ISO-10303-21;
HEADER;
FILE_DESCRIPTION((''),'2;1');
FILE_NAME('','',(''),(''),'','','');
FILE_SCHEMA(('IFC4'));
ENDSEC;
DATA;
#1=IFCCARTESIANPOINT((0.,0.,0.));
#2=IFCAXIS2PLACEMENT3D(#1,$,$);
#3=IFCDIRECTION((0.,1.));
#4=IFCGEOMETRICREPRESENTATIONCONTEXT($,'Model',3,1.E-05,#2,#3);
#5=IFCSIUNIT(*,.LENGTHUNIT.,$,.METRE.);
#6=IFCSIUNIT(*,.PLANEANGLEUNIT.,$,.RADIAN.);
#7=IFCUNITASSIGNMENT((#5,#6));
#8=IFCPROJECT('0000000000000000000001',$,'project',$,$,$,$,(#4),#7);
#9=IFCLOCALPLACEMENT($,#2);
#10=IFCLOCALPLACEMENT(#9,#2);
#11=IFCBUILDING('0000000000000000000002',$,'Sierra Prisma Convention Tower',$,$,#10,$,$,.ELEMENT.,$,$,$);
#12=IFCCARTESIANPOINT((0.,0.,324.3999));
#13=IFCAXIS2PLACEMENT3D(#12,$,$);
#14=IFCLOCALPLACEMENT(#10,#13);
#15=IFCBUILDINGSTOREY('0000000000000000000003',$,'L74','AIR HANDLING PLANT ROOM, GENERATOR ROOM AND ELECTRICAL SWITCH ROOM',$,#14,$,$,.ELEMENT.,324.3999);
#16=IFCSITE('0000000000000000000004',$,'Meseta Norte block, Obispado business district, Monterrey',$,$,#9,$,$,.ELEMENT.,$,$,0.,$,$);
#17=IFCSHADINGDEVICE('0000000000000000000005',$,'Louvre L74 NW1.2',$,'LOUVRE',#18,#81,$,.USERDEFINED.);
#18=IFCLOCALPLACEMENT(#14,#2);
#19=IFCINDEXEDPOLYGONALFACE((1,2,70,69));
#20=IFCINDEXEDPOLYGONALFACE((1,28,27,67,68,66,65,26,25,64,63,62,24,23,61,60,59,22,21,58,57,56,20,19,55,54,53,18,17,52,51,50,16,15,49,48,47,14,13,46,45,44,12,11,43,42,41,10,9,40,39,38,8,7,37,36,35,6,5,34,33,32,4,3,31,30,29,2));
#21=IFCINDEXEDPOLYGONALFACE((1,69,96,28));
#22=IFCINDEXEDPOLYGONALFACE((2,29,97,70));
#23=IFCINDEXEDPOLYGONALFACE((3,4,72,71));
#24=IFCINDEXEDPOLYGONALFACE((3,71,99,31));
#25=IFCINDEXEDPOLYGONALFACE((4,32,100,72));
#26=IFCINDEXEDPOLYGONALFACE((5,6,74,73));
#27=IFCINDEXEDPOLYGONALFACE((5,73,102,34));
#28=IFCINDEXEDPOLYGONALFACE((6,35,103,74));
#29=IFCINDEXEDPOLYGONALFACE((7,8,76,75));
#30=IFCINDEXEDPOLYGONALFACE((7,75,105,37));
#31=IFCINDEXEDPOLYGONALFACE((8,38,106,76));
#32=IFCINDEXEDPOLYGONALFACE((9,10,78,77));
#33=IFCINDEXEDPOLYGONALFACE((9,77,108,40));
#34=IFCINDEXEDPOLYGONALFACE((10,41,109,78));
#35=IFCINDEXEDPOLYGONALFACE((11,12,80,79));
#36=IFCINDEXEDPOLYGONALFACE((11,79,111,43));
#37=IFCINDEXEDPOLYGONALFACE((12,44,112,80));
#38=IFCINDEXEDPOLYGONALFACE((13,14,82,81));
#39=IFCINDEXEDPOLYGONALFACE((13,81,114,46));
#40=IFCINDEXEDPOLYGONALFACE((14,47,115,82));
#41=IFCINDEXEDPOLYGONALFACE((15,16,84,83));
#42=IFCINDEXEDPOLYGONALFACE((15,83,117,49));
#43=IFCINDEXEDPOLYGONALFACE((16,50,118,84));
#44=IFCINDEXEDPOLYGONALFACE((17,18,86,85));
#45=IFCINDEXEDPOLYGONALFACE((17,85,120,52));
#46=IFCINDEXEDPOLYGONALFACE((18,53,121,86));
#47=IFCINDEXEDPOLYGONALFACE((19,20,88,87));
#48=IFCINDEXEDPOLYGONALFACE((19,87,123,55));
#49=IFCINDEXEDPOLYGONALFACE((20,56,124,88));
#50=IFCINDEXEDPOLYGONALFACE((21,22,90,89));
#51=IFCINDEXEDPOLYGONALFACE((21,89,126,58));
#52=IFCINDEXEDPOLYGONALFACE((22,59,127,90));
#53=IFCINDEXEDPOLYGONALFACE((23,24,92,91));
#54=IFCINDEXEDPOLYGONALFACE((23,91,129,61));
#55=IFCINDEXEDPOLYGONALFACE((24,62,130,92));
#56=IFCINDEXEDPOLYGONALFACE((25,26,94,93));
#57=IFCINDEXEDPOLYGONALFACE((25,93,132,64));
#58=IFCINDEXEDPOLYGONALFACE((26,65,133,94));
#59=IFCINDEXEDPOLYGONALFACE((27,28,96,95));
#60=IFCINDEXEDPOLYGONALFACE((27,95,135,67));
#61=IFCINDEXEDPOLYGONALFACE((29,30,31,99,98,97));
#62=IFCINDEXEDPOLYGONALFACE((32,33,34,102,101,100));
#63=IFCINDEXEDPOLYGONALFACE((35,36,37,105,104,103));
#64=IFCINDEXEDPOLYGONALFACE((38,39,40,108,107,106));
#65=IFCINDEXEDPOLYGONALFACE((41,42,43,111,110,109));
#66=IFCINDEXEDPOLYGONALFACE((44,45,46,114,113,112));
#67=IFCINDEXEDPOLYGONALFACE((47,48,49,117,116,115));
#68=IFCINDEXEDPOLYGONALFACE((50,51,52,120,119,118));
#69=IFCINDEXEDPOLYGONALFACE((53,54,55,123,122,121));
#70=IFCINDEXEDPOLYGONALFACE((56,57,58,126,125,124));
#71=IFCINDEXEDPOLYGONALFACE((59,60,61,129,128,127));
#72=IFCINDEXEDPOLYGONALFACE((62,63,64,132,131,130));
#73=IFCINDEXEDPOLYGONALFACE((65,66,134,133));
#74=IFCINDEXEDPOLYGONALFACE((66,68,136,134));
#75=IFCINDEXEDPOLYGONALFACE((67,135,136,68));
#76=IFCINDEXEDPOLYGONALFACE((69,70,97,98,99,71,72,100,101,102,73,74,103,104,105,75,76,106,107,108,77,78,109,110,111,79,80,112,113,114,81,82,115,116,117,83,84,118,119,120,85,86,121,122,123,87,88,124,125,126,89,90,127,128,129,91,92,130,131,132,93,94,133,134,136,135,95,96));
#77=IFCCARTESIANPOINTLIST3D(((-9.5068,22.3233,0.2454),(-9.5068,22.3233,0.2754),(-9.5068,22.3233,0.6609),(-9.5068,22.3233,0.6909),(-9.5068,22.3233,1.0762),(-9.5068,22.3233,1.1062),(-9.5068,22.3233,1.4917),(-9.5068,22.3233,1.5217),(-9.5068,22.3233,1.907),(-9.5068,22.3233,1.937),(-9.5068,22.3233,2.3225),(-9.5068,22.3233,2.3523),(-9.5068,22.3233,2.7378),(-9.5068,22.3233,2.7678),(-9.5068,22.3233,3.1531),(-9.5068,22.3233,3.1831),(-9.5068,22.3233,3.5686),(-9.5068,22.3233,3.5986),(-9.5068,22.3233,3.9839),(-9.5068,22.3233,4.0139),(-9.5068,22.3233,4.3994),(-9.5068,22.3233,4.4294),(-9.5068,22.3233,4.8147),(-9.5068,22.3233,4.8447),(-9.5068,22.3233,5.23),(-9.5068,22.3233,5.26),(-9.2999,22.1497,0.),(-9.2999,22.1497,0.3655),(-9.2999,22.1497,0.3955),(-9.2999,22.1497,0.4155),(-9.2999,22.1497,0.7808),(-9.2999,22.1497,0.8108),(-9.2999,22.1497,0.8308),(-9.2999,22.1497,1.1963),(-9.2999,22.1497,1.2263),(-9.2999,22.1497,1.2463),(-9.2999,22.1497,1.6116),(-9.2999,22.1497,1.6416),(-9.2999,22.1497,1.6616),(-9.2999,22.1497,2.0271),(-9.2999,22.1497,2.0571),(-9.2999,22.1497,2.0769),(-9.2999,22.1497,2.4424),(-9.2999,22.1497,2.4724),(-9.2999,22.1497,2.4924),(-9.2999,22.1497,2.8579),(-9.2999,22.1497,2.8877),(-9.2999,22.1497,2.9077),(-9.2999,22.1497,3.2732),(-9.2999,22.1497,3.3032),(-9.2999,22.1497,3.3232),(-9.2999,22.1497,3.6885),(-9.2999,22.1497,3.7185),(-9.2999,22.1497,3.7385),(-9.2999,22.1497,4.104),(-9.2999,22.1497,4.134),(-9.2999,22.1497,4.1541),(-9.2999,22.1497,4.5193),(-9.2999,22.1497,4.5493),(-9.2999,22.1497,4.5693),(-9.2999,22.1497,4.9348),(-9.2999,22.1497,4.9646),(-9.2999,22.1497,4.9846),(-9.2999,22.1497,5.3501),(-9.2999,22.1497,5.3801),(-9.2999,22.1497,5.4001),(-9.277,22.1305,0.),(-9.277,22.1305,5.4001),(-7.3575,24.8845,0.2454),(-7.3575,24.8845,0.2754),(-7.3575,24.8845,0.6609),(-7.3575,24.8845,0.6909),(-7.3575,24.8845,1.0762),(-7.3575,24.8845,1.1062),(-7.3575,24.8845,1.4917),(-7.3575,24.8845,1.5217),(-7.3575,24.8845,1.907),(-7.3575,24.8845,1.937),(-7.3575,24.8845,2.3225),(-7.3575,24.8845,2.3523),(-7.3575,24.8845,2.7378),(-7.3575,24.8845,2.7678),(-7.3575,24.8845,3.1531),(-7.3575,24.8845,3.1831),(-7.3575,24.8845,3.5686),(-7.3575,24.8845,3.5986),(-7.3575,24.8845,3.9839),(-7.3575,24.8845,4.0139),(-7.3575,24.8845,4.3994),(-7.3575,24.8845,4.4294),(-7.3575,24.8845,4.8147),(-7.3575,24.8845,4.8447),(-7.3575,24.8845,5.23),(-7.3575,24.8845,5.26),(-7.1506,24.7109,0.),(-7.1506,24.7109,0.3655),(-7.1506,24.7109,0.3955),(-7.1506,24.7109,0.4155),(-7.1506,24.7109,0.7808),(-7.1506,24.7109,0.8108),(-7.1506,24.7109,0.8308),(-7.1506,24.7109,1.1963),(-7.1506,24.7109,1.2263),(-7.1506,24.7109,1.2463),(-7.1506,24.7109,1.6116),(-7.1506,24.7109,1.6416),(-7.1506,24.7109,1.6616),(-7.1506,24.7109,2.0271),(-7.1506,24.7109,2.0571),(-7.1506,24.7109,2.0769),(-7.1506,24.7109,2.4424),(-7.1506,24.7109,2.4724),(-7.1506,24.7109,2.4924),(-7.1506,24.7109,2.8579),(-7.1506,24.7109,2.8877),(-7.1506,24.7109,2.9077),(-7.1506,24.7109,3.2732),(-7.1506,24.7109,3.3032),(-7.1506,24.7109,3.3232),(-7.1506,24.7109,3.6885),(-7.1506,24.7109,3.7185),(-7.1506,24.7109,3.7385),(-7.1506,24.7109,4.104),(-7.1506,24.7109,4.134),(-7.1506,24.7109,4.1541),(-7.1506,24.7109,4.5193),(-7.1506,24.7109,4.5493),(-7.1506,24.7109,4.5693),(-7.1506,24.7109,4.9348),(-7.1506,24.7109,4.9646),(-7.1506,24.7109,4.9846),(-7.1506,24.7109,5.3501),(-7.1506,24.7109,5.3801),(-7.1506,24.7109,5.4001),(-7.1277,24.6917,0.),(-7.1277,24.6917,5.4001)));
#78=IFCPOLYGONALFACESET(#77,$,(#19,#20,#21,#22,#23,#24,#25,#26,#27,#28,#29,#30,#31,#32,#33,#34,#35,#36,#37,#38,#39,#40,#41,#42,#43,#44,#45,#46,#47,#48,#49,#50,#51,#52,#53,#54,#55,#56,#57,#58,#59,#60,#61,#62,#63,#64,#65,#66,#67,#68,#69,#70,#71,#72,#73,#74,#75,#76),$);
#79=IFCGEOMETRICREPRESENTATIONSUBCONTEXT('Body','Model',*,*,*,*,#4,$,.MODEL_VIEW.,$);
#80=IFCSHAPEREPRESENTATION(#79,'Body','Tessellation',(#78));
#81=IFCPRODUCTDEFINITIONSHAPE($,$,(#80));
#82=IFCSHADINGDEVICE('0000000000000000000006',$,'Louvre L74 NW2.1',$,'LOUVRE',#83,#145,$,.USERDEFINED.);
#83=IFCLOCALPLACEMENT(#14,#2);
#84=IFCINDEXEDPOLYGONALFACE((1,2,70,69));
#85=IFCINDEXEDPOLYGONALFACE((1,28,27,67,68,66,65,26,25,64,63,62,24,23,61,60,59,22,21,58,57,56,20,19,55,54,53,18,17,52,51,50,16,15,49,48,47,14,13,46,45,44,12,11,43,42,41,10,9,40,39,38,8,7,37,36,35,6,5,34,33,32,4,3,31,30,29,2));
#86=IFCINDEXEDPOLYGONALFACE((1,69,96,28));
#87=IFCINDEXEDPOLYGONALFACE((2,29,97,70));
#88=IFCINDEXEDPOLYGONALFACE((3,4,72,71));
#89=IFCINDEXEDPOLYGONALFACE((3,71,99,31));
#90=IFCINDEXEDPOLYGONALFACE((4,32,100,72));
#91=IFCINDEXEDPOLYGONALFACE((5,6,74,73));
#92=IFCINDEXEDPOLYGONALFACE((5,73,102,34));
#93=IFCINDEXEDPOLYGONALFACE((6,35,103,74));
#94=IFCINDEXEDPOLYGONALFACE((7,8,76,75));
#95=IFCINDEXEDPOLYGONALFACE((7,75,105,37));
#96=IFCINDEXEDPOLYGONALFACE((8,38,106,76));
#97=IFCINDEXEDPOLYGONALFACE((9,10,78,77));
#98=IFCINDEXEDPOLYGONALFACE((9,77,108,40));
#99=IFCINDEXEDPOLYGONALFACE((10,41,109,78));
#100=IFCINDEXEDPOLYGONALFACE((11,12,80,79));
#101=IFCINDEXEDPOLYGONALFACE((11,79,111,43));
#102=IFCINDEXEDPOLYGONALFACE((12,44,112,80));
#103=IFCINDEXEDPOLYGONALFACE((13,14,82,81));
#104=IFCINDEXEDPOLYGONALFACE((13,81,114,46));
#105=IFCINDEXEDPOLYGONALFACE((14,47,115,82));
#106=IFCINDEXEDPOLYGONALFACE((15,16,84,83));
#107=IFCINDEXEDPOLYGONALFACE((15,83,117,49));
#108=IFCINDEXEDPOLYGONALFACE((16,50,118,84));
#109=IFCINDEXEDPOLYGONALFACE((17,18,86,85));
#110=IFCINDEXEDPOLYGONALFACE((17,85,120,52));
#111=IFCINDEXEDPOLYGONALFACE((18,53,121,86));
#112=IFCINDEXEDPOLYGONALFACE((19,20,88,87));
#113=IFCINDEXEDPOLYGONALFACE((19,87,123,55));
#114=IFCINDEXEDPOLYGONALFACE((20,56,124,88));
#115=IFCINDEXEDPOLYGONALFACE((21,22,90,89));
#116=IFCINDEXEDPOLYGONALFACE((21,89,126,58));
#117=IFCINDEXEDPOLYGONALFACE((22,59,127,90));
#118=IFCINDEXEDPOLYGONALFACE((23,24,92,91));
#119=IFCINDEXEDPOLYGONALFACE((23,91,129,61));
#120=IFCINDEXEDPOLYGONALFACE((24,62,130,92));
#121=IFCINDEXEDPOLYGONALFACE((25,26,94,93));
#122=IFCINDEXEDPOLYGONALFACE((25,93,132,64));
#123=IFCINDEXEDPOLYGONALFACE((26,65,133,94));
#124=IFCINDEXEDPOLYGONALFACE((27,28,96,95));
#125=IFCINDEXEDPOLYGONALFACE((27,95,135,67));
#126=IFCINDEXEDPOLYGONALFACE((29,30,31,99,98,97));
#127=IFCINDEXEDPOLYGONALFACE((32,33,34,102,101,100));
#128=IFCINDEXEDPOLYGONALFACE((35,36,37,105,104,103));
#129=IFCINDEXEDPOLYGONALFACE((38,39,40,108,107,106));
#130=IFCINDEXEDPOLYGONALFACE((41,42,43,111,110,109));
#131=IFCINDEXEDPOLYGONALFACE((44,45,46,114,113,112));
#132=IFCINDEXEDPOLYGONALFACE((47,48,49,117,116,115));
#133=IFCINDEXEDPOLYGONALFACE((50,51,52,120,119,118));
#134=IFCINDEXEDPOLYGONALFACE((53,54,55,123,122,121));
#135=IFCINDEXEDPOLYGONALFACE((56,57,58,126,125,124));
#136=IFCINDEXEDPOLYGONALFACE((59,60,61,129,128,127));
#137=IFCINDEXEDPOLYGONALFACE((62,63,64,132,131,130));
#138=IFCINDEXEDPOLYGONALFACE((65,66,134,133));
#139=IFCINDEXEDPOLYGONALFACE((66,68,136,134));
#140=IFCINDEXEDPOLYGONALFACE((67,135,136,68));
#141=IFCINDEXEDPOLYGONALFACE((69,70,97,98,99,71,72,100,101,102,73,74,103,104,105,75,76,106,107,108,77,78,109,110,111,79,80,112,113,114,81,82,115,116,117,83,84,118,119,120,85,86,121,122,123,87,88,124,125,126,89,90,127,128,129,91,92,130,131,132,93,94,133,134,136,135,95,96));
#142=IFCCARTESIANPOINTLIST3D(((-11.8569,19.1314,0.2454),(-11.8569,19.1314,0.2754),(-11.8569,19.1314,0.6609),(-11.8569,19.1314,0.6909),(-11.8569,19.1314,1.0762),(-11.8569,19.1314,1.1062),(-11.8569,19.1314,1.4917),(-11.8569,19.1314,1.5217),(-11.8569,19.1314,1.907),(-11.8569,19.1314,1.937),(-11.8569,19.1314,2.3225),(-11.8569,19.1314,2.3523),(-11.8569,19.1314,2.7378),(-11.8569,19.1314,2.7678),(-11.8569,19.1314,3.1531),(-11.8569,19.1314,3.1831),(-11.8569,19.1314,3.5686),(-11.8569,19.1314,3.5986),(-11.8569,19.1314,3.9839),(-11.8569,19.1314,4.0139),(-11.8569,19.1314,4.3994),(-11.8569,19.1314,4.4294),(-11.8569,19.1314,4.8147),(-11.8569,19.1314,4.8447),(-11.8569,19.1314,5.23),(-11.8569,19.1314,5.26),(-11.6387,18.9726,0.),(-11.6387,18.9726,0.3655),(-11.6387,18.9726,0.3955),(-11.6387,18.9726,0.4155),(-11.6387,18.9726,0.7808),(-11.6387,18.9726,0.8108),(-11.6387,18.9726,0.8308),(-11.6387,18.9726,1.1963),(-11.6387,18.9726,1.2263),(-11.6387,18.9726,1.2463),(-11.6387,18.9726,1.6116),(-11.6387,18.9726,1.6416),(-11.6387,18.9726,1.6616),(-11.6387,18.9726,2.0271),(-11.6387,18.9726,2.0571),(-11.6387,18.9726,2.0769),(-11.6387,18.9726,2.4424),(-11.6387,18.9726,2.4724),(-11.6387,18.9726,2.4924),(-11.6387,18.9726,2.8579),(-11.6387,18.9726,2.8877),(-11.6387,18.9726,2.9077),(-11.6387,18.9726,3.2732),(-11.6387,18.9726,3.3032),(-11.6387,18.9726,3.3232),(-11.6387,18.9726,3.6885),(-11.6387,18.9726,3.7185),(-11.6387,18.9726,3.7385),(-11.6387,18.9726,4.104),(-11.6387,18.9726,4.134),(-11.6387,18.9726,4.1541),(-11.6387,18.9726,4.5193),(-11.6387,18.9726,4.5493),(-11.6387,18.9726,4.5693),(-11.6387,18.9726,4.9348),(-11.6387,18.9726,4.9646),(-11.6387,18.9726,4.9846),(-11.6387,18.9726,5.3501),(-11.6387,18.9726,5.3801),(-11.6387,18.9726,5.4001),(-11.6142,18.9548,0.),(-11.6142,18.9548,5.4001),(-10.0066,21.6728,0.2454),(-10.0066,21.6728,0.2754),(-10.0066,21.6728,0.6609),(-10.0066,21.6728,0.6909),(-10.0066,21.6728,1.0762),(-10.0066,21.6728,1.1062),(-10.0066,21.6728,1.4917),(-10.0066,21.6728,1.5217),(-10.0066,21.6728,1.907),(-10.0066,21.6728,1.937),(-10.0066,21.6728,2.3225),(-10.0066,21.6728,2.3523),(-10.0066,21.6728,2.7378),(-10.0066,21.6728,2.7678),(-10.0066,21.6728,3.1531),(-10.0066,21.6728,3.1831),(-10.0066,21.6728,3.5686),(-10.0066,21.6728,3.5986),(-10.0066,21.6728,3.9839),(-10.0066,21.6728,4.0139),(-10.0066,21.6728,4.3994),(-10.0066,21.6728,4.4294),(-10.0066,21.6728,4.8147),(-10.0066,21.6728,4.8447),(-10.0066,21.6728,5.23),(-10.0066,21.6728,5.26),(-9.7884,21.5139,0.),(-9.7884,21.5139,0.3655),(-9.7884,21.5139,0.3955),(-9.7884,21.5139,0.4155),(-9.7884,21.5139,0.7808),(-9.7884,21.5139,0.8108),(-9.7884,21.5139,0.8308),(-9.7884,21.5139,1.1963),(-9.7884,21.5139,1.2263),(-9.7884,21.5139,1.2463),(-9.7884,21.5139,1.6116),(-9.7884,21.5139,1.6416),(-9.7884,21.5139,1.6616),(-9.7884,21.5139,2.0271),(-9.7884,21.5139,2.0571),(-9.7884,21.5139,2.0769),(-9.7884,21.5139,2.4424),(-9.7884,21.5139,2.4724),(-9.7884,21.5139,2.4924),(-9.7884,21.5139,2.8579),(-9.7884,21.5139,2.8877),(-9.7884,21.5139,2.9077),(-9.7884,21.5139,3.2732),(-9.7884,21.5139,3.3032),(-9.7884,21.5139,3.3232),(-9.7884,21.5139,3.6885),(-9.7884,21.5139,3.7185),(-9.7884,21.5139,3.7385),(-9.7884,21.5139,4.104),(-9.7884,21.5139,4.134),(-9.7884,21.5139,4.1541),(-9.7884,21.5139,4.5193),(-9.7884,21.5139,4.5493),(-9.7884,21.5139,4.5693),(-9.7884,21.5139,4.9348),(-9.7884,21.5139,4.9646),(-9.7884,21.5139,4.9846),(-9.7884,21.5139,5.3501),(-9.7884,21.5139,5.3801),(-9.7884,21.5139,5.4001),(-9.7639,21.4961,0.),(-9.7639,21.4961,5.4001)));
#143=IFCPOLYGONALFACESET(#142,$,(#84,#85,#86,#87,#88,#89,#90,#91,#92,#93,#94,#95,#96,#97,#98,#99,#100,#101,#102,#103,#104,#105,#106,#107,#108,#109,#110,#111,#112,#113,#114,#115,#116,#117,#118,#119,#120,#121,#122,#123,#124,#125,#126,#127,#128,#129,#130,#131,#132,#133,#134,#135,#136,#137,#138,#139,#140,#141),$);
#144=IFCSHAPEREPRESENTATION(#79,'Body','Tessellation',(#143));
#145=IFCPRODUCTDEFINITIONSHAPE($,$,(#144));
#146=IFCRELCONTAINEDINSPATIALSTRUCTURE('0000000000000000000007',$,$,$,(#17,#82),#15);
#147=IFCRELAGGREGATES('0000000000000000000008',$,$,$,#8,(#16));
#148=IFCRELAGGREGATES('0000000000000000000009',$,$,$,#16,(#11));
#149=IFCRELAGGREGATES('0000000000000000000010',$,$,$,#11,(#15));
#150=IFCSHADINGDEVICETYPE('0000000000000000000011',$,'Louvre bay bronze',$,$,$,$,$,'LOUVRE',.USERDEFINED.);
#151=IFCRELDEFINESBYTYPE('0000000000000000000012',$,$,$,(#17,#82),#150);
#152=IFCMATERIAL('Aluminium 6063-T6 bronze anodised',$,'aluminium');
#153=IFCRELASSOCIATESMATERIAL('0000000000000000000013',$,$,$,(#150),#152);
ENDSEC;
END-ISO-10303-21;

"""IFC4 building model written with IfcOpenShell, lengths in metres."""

from ifc_helpers import new_model, si_unit, direction, frame, origin, place, context, subcontext, project, spatial, polyline, outline, extrude, material, type_object, element, save


model = new_model("IFC4")

# Units and contexts
model_context = context("Model", 3, precision=1e-05, world=origin(), true_north=direction((0.0, 1.0)))
body_context = subcontext(model_context, "Body", "Model", "MODEL_VIEW")
ifc_project = project(units=[si_unit("LENGTHUNIT", "METRE"), si_unit("PLANEANGLEUNIT", "RADIAN")], contexts=[model_context])

# Site, building, storey
site_placement = place(None, origin())
site = spatial("IfcSite", under=ifc_project, at=site_placement, Name="Meseta Norte block, Obispado business district, Monterrey", CompositionType="ELEMENT", RefElevation=0.0)
building_placement = place(site_placement, origin())
building = spatial("IfcBuilding", under=site, at=building_placement, Name="Sierra Prisma Convention Tower", CompositionType="ELEMENT")
storey_placement = place(building_placement, frame((0.0, 0.0, 324.3999)))
storey = spatial("IfcBuildingStorey", under=building, at=storey_placement, Name="L74", Description="AIR HANDLING PLANT ROOM, GENERATOR ROOM AND ELECTRICAL SWITCH ROOM", CompositionType="ELEMENT", Elevation=324.3999)

# Shading devices
ifc_material_1 = material(Name="Aluminium 6063-T6 bronze anodised", Category="aluminium")
shading_device_type = type_object("IfcShadingDeviceType", Name="Louvre bay bronze", ElementType="LOUVRE", PredefinedType="USERDEFINED", material=ifc_material_1)
shading_device_1_placement = place(storey_placement, frame((-7.1277, 24.6917, 0.0), z_axis=(0.642823, 0.766015, 0.0), x_axis=(0.0, 0.0, 1.0)))
element("IfcShadingDevice", 1, at=shading_device_1_placement, inside=storey, type_object=shading_device_type, Name="Louvre L74 NW1.2", ObjectType="LOUVRE", PredefinedType="USERDEFINED", context=body_context, shape_type="SweptSolid", body=[
    extrude(outline(polyline([(0.0, 0.0), (5.4001, 0.0), (5.4001, -0.03), (5.3801, -0.03), (5.26, -0.3), (5.23, -0.3), (5.3501, -0.03), (4.9846, -0.03), (4.9646, -0.03), (4.8447, -0.3), (4.8147, -0.3), (4.9348, -0.03), (4.5693, -0.03), (4.5493, -0.03), (4.4294, -0.3), (4.3994, -0.3), (4.5193, -0.03), (4.1541, -0.03), (4.134, -0.03), (4.0139, -0.3), (3.9839, -0.3), (4.104, -0.03), (3.7385, -0.03), (3.7185, -0.03), (3.5986, -0.3), (3.5686, -0.3), (3.6885, -0.03), (3.3232, -0.03), (3.3032, -0.03), (3.1831, -0.3), (3.1531, -0.3), (3.2732, -0.03), (2.9077, -0.03), (2.8877, -0.03), (2.7678, -0.3), (2.7378, -0.3), (2.8579, -0.03), (2.4924, -0.03), (2.4724, -0.03), (2.3523, -0.3), (2.3225, -0.3), (2.4424, -0.03), (2.0769, -0.03), (2.0571, -0.03), (1.937, -0.3), (1.907, -0.3), (2.0271, -0.03), (1.6616, -0.03), (1.6416, -0.03), (1.5217, -0.3), (1.4917, -0.3), (1.6116, -0.03), (1.2463, -0.03), (1.2263, -0.03), (1.1062, -0.3), (1.0762, -0.3), (1.1963, -0.03), (0.8308, -0.03), (0.8108, -0.03), (0.6909, -0.3), (0.6609, -0.3), (0.7808, -0.03), (0.4155, -0.03), (0.3955, -0.03), (0.2754, -0.3), (0.2454, -0.3), (0.3655, -0.03), (0.0, -0.03), (0.0, 0.0)])), origin(), (0.0, 0.0, -1.0), 3.3435),
])
shading_device_2_placement = place(storey_placement, frame((-9.7639, 21.4961, 0.0), z_axis=(0.588605, 0.808421, 0.0), x_axis=(0.0, 0.0, 1.0)))
element("IfcShadingDevice", 2, at=shading_device_2_placement, inside=storey, type_object=shading_device_type, Name="Louvre L74 NW2.1", ObjectType="LOUVRE", PredefinedType="USERDEFINED", context=body_context, shape_type="SweptSolid", body=[
    extrude(outline(polyline([(0.0, 0.0), (5.4001, 0.0), (5.4001, -0.0302), (5.3801, -0.0302), (5.26, -0.3001), (5.23, -0.3001), (5.3501, -0.0302), (4.9846, -0.0302), (4.9646, -0.0302), (4.8447, -0.3001), (4.8147, -0.3001), (4.9348, -0.0302), (4.5693, -0.0302), (4.5493, -0.0302), (4.4294, -0.3001), (4.3994, -0.3001), (4.5193, -0.0302), (4.1541, -0.0302), (4.134, -0.0302), (4.0139, -0.3001), (3.9839, -0.3001), (4.104, -0.0302), (3.7385, -0.0302), (3.7185, -0.0302), (3.5986, -0.3001), (3.5686, -0.3001), (3.6885, -0.0302), (3.3232, -0.0302), (3.3032, -0.0302), (3.1831, -0.3001), (3.1531, -0.3001), (3.2732, -0.0302), (2.9077, -0.0302), (2.8877, -0.0302), (2.7678, -0.3001), (2.7378, -0.3001), (2.8579, -0.0302), (2.4924, -0.0302), (2.4724, -0.0302), (2.3523, -0.3001), (2.3225, -0.3001), (2.4424, -0.0302), (2.0769, -0.0302), (2.0571, -0.0302), (1.937, -0.3001), (1.907, -0.3001), (2.0271, -0.0302), (1.6616, -0.0302), (1.6416, -0.0302), (1.5217, -0.3001), (1.4917, -0.3001), (1.6116, -0.0302), (1.2463, -0.0302), (1.2263, -0.0302), (1.1062, -0.3001), (1.0762, -0.3001), (1.1963, -0.0302), (0.8308, -0.0302), (0.8108, -0.0302), (0.6909, -0.3001), (0.6609, -0.3001), (0.7808, -0.0302), (0.4155, -0.0302), (0.3955, -0.0302), (0.2754, -0.3001), (0.2454, -0.3001), (0.3655, -0.0302), (0.0, -0.0302), (0.0, 0.0)])), origin(), (0.0, 0.0, -1.0), 3.1436),
])

save(model, "model.ifc")
